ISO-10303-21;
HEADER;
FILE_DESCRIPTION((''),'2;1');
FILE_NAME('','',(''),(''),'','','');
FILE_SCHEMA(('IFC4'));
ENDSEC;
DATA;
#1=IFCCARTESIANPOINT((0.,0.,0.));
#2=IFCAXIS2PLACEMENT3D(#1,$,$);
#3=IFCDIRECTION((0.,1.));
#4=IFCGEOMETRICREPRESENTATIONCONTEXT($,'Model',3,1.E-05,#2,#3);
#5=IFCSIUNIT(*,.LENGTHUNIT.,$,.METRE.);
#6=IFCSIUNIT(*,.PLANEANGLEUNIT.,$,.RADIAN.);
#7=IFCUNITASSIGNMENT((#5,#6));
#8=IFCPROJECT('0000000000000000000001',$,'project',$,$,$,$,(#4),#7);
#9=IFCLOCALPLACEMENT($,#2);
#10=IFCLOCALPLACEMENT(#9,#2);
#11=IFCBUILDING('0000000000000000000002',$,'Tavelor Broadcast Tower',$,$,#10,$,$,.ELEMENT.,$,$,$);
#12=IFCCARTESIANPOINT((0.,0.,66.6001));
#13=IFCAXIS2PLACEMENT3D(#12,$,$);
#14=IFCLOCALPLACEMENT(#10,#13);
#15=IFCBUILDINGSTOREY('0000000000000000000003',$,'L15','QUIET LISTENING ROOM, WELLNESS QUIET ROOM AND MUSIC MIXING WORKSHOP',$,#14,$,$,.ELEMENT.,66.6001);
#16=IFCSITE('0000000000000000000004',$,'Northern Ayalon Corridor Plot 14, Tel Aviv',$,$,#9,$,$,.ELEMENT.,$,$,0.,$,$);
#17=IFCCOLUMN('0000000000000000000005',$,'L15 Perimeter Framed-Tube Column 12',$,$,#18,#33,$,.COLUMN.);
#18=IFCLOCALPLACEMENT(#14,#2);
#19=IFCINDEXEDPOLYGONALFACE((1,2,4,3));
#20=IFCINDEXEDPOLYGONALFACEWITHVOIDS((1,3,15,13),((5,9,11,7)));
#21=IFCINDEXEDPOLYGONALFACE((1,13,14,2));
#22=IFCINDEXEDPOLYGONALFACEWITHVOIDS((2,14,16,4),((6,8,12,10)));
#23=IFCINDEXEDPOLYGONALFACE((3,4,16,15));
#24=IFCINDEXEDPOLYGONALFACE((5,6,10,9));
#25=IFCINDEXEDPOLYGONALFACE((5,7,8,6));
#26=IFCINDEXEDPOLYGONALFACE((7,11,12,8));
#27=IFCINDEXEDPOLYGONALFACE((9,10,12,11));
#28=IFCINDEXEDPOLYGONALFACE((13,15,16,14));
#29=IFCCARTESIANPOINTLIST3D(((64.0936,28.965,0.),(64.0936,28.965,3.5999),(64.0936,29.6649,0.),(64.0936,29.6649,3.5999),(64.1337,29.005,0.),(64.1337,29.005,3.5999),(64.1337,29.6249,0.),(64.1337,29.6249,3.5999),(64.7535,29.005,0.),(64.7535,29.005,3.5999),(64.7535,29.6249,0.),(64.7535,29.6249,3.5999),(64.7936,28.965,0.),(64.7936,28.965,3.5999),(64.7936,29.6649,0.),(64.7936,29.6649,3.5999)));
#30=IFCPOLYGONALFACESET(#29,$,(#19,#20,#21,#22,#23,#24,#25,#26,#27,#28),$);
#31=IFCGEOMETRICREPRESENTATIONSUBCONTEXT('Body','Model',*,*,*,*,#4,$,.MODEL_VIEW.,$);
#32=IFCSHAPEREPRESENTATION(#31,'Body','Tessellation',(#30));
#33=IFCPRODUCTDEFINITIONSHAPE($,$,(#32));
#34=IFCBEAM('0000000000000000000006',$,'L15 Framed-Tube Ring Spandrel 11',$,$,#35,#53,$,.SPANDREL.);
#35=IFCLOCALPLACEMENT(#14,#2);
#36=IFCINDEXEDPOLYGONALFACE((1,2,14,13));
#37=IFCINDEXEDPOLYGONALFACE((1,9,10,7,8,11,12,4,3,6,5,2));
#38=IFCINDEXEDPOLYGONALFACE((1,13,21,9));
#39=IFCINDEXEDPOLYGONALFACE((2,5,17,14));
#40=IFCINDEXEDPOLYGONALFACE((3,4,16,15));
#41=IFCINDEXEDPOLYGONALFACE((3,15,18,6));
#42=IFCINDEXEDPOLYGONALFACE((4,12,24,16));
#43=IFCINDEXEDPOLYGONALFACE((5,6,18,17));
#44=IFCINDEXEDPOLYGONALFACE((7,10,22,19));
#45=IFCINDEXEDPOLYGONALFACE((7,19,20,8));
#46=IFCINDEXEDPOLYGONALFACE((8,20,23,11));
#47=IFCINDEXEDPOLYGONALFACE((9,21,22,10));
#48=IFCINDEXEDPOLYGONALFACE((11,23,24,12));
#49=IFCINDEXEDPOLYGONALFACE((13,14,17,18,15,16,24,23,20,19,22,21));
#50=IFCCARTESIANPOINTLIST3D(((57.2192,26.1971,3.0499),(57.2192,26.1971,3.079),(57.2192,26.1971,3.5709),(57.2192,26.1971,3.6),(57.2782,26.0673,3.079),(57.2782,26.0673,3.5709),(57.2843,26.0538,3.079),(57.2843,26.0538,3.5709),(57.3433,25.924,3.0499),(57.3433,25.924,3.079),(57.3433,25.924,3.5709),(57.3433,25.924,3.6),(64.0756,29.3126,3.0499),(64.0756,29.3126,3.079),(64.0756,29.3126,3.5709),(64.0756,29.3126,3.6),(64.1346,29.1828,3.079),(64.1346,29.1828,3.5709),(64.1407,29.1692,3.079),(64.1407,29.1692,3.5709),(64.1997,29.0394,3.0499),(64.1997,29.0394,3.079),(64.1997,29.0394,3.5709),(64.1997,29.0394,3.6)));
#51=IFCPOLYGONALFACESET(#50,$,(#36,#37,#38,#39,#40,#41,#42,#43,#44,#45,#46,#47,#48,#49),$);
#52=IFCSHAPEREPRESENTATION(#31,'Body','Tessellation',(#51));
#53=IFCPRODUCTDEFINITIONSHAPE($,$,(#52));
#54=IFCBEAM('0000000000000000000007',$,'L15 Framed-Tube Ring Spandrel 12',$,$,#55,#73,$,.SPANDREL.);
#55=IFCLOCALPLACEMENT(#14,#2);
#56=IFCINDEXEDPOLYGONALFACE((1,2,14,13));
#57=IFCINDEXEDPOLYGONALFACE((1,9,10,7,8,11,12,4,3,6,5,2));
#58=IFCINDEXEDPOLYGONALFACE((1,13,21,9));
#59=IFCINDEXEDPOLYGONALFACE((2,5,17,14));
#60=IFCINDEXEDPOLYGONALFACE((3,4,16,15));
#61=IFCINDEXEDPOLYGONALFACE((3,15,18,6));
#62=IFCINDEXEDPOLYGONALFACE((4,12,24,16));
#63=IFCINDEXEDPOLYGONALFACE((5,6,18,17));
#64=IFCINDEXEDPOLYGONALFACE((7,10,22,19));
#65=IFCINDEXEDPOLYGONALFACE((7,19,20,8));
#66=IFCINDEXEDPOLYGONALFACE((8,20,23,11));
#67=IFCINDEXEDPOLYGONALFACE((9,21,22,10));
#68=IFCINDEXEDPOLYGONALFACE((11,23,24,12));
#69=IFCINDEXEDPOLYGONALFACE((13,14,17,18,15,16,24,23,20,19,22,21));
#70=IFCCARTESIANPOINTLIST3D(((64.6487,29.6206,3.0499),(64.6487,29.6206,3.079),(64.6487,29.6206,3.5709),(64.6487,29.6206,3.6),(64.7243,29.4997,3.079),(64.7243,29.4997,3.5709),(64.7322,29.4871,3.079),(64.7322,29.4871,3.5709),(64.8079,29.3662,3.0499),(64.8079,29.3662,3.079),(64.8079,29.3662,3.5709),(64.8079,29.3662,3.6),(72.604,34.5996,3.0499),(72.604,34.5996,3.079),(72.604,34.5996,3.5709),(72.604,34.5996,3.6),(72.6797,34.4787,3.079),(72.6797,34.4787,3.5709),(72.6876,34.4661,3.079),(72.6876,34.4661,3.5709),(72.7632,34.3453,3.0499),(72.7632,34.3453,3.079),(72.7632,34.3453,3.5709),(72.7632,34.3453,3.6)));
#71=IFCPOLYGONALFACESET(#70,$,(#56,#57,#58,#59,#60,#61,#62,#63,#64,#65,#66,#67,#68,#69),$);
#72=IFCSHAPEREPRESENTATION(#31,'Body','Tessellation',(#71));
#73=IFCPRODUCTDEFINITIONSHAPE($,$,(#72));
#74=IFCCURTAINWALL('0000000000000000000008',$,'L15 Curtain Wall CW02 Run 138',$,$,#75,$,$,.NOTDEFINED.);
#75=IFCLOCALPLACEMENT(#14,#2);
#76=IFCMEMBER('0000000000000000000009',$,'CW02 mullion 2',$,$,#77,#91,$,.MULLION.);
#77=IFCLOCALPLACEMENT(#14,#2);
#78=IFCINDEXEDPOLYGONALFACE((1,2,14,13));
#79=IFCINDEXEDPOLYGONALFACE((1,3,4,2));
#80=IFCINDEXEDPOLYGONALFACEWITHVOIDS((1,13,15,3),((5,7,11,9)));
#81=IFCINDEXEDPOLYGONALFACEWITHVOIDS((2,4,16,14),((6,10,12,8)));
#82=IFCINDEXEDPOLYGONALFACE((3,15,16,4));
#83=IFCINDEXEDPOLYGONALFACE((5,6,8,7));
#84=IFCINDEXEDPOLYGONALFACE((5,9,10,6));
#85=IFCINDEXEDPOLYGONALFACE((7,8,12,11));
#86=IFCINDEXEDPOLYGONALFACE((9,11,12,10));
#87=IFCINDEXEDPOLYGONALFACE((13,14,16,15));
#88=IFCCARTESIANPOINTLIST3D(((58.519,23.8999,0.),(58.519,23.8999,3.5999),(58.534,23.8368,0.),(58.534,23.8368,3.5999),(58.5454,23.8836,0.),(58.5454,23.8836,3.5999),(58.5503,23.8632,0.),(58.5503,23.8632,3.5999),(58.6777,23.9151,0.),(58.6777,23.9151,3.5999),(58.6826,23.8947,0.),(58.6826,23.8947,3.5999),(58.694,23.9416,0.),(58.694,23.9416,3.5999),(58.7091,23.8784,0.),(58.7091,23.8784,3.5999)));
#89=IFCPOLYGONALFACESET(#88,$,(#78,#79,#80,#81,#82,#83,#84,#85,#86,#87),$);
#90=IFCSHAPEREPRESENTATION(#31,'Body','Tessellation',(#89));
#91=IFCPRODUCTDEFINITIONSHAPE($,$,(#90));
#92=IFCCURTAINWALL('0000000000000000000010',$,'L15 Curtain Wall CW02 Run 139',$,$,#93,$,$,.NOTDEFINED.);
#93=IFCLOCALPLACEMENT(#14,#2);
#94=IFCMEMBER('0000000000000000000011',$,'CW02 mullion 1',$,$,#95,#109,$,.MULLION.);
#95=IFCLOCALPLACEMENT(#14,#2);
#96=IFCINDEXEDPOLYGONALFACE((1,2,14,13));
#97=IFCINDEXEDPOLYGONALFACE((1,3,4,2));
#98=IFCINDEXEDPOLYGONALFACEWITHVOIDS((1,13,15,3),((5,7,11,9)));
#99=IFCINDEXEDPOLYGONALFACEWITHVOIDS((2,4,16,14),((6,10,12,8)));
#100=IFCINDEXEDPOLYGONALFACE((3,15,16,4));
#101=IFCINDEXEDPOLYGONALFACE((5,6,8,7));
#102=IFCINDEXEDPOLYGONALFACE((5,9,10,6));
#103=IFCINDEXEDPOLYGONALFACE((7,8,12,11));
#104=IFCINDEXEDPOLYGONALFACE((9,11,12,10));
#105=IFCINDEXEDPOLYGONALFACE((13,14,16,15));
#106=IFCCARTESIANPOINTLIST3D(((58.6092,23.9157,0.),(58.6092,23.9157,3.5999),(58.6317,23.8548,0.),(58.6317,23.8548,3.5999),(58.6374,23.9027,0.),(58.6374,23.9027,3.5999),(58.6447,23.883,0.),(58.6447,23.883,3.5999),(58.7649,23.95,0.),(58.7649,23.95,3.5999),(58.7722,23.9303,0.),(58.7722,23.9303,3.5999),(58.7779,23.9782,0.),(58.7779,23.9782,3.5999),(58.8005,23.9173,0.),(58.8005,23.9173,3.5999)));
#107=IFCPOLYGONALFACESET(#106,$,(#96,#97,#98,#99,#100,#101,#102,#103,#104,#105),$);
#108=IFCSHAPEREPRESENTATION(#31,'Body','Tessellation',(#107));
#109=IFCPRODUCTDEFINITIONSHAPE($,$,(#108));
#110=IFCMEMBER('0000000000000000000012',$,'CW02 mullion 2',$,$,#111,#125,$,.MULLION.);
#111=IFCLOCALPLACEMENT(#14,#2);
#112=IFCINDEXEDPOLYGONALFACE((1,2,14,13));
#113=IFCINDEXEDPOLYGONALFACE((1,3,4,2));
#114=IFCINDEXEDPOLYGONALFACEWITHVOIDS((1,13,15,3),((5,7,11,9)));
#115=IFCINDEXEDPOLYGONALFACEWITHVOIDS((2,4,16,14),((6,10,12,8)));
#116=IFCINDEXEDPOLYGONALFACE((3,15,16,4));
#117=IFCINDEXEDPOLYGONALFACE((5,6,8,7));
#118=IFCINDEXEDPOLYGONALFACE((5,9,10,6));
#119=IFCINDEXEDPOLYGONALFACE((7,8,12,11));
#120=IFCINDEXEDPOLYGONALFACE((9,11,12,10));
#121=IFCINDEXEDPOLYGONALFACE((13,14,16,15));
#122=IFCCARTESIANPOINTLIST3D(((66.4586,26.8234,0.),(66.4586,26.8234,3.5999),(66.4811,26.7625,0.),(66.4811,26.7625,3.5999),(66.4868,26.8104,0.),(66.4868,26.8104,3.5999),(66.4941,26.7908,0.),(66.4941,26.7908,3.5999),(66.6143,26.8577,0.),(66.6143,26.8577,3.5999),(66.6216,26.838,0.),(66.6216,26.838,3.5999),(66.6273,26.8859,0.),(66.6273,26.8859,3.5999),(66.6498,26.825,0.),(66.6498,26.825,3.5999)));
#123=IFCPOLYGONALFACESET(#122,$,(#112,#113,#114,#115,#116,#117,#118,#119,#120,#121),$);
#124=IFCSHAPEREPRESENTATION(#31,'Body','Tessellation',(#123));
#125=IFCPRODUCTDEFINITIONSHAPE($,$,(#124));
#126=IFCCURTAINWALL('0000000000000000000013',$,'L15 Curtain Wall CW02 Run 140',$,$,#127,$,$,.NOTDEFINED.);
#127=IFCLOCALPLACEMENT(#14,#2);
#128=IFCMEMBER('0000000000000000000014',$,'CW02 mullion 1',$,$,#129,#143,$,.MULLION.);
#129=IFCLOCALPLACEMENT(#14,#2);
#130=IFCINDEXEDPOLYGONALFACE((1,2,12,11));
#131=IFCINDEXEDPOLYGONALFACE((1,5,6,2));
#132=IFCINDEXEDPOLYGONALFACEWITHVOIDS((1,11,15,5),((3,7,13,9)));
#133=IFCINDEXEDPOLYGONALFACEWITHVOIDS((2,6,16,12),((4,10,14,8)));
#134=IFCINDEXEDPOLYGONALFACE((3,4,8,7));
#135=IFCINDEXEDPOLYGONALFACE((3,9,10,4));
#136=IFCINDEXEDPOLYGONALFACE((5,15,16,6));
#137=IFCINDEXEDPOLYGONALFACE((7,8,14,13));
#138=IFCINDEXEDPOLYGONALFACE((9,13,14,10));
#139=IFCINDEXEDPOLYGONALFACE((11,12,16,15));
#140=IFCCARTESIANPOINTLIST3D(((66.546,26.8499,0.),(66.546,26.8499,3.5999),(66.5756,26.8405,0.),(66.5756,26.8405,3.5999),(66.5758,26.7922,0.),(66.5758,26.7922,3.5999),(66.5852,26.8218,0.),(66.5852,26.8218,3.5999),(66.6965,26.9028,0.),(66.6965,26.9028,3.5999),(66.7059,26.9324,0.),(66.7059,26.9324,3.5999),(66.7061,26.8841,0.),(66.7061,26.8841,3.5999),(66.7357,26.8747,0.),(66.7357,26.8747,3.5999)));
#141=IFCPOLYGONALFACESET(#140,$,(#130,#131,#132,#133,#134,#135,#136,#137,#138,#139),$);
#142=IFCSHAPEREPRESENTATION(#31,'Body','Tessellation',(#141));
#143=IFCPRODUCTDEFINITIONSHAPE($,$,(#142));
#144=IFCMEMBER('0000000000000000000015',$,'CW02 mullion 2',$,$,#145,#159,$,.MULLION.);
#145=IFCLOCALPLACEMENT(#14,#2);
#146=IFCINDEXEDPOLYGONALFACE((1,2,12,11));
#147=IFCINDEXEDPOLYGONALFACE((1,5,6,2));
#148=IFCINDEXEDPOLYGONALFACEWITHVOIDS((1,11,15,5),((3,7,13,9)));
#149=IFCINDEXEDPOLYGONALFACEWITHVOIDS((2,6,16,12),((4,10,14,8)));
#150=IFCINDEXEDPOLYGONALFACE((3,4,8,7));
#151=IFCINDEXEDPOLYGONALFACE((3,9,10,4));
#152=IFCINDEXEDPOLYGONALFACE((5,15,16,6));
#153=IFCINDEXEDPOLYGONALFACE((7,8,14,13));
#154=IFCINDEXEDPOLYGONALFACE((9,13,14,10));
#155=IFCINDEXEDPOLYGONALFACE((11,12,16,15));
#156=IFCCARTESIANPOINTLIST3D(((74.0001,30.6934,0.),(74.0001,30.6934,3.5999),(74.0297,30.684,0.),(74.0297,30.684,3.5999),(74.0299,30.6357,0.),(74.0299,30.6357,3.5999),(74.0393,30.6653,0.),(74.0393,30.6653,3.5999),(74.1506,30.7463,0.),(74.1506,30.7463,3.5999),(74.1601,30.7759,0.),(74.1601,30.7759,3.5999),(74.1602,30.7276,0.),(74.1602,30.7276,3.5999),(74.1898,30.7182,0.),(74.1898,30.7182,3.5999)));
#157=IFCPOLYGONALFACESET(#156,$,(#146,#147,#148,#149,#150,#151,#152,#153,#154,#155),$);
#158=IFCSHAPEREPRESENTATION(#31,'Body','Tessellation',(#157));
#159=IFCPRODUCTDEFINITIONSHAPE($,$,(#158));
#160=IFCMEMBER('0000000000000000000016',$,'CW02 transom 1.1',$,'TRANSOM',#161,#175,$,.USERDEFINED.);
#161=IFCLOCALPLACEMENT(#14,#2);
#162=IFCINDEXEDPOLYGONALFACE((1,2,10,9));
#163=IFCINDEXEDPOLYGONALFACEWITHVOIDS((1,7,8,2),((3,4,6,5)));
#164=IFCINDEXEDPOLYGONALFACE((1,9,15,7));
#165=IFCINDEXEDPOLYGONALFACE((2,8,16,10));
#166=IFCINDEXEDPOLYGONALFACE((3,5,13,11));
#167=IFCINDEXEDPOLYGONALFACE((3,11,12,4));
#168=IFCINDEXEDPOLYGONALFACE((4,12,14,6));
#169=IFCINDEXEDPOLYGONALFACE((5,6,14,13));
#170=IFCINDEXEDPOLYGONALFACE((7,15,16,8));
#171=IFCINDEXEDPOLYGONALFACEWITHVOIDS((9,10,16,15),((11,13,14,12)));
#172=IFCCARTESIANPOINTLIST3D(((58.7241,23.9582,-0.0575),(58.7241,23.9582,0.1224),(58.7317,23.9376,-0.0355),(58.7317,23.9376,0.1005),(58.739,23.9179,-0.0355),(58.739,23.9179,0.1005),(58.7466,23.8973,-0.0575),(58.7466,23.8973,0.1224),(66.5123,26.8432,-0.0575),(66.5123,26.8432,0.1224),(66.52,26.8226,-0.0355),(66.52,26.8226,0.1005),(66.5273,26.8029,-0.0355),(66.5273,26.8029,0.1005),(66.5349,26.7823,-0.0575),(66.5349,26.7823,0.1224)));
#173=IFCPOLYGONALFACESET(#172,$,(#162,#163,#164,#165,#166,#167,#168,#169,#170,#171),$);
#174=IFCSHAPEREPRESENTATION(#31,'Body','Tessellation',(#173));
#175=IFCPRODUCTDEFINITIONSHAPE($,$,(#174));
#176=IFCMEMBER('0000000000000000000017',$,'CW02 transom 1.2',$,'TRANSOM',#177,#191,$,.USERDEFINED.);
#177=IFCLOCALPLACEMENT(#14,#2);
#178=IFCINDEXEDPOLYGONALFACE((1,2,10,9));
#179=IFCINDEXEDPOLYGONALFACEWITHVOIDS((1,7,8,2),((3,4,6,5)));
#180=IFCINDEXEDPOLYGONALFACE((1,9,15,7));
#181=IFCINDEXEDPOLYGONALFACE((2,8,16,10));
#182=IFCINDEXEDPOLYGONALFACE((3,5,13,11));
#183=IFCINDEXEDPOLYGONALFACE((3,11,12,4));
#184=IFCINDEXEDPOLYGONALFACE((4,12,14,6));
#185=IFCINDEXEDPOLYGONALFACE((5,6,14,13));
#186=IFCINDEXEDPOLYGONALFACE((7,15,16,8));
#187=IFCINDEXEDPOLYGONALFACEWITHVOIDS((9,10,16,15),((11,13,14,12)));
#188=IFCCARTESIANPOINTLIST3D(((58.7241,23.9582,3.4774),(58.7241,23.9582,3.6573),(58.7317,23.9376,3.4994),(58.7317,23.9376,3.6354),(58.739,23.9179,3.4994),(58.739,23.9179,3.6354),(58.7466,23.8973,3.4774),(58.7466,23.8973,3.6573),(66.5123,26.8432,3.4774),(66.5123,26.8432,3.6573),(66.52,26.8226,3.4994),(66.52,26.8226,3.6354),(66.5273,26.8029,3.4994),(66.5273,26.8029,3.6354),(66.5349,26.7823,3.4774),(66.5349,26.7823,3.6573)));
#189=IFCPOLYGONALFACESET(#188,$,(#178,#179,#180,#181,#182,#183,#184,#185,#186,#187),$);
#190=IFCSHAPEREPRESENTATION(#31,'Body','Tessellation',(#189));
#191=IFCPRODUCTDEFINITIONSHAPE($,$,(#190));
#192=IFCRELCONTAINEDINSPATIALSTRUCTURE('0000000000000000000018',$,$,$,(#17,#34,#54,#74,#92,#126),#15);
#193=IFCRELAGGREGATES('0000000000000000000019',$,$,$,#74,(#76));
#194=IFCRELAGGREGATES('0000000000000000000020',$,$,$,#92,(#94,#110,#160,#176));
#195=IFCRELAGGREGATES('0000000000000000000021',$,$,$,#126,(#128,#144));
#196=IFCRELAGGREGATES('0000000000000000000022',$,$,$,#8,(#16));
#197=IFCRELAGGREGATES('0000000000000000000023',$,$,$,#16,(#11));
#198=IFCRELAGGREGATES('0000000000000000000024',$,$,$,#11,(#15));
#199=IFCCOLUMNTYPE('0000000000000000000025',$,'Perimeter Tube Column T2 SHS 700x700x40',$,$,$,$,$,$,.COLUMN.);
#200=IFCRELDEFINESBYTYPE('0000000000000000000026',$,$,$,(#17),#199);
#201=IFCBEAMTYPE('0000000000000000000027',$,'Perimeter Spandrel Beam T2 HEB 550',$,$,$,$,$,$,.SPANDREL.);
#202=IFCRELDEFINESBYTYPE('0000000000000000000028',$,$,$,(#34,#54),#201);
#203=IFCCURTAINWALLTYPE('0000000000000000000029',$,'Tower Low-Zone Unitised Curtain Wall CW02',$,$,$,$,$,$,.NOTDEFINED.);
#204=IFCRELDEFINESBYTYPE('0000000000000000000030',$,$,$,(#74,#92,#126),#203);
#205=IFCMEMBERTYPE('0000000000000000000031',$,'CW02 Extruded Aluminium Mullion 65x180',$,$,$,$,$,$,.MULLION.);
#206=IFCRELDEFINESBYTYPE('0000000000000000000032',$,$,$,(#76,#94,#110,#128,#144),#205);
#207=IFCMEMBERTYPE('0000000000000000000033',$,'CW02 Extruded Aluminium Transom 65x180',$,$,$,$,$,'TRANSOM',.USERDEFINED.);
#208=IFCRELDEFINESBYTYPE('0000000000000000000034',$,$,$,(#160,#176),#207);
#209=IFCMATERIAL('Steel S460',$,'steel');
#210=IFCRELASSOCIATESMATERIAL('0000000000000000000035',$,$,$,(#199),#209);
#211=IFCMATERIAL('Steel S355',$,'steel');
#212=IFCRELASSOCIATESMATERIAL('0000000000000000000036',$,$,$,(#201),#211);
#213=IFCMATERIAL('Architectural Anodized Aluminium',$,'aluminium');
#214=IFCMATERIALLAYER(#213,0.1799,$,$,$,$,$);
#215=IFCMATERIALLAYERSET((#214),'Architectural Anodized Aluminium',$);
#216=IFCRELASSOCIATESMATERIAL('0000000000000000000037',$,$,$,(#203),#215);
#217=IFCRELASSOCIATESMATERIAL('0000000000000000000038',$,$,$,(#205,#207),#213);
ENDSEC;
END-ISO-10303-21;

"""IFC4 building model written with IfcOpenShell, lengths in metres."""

from ifc_helpers import new_model, si_unit, direction, frame, origin, origin_2d, place, context, subcontext, project, spatial, hollow_rectangle, i_section, extrude, source, transform, mapped, material, layer, layer_set, material_profile, profile_set, type_object, type_shapes, element, aggregate, save


model = new_model("IFC4")

# Units and contexts
model_context = context("Model", 3, precision=1e-05, world=origin(), true_north=direction((0.0, 1.0)))
body_context = subcontext(model_context, "Body", "Model", "MODEL_VIEW")
ifc_project = project(units=[si_unit("LENGTHUNIT", "METRE"), si_unit("PLANEANGLEUNIT", "RADIAN")], contexts=[model_context])

# Site, building, storey
site_placement = place(None, origin())
site = spatial("IfcSite", under=ifc_project, at=site_placement, Name="Northern Ayalon Corridor Plot 14, Tel Aviv", CompositionType="ELEMENT", RefElevation=0.0)
building_placement = place(site_placement, origin())
building = spatial("IfcBuilding", under=site, at=building_placement, Name="Tavelor Broadcast Tower", CompositionType="ELEMENT")
storey_placement = place(building_placement, frame((0.0, 0.0, 66.6001)))
storey = spatial("IfcBuildingStorey", under=building, at=storey_placement, Name="L15", Description="QUIET LISTENING ROOM, WELLNESS QUIET ROOM AND MUSIC MIXING WORKSHOP", CompositionType="ELEMENT", Elevation=66.6001)

# Column
ifc_material_1 = material(Name="Steel S460", Category="steel")
ifc_material_profile_1 = material_profile(ifc_material_1, hollow_rectangle(XDim=0.7, YDim=0.7, WallThickness=0.04, at=origin_2d()), Name="SHS 700x700x40")
ifc_profile_set_1 = profile_set([ifc_material_profile_1], Name="Steel S460")
column_type = type_object("IfcColumnType", Name="Perimeter Tube Column T2 SHS 700x700x40", PredefinedType="COLUMN", material=ifc_profile_set_1)
column_placement = place(storey_placement, frame((64.4436, 29.3149, 0.0), z_axis=(0.0, 0.0, 1.0), x_axis=(1.0, 0.0, 0.0)))
element("IfcColumn", 1, at=column_placement, inside=storey, type_object=column_type, Name="L15 Perimeter Framed-Tube Column 12", PredefinedType="COLUMN", context=body_context, shape_type="SweptSolid", body=[
    extrude(hollow_rectangle(XDim=0.7, YDim=0.7, WallThickness=0.04, at=origin_2d()), origin(), (0.0, 0.0, 1.0), 3.5999),
])

# Beams
ifc_material_2 = material(Name="Steel S355", Category="steel")
ifc_material_profile_2 = material_profile(ifc_material_2, i_section(OverallWidth=0.3, OverallDepth=0.55, WebThickness=0.0149, FlangeThickness=0.0291, at=origin_2d()), Name="HEB 550")
ifc_profile_set_2 = profile_set([ifc_material_profile_2], Name="Steel S355")
beam_type = type_object("IfcBeamType", Name="Perimeter Spandrel Beam T2 HEB 550", PredefinedType="SPANDREL", material=ifc_profile_set_2)
beam_1_placement = place(storey_placement, frame((57.2812, 26.0605, 3.325), z_axis=(0.910421, 0.413683, 0.0), x_axis=(-0.413683, 0.910421, 0.0)))
element("IfcBeam", 2, at=beam_1_placement, inside=storey, type_object=beam_type, Name="L15 Framed-Tube Ring Spandrel 11", PredefinedType="SPANDREL", context=body_context, shape_type="SweptSolid", body=[
    extrude(i_section(OverallWidth=0.3, OverallDepth=0.55, WebThickness=0.0149, FlangeThickness=0.0291, at=origin_2d()), origin(), (0.0, 0.0, 1.0), 7.531),
])
beam_2_placement = place(storey_placement, frame((64.7283, 29.4934, 3.325), z_axis=(0.847666, 0.53053, 0.0), x_axis=(-0.53053, 0.847666, 0.0)))
element("IfcBeam", 3, at=beam_2_placement, inside=storey, type_object=beam_type, Name="L15 Framed-Tube Ring Spandrel 12", PredefinedType="SPANDREL", context=body_context, shape_type="SweptSolid", body=[
    extrude(i_section(OverallWidth=0.3, OverallDepth=0.55, WebThickness=0.0149, FlangeThickness=0.0291, at=origin_2d()), origin(), (0.0, 0.0, 1.0), 9.385),
])

# Curtain wall, member
ifc_material_3 = material(Name="Architectural Anodized Aluminium", Category="aluminium")
ifc_layer_1 = layer(ifc_material_3, 0.1799)
ifc_layer_set_1 = layer_set([ifc_layer_1], Name="Architectural Anodized Aluminium")
curtain_wall_type = type_object("IfcCurtainWallType", Name="Tower Low-Zone Unitised Curtain Wall CW02", PredefinedType="NOTDEFINED", material=ifc_layer_set_1)
curtain_wall_1_placement = place(storey_placement, origin())
curtain_wall_1 = element("IfcCurtainWall", 4, at=curtain_wall_1_placement, inside=storey, type_object=curtain_wall_type, Name="L15 Curtain Wall CW02 Run 138", PredefinedType="NOTDEFINED")
ifc_material_profile_3 = material_profile(ifc_material_3, hollow_rectangle(XDim=0.0649, YDim=0.1799, WallThickness=0.022, at=origin_2d()), Name="RHS 65x180x22")
ifc_profile_set_3 = profile_set([ifc_material_profile_3], Name="Architectural Anodized Aluminium")
member_type_1 = type_object("IfcMemberType", Name="CW02 Extruded Aluminium Mullion 65x180", PredefinedType="MULLION", material=ifc_profile_set_3)
shared_shape_1 = source(origin(), body_context, "Body", "SweptSolid", [
    extrude(hollow_rectangle(XDim=0.0649, YDim=0.1799, WallThickness=0.022, at=origin_2d()), origin(), (0.0, 0.0, 1.0), 3.5999),
])
type_shapes(member_type_1, [shared_shape_1])
member_1_placement = place(storey_placement, frame((58.614, 23.8892, 0.0), z_axis=(0.0, 0.0, 1.0), x_axis=(-0.23134, 0.972873, 0.0)))
member_1 = element("IfcMember", 5, at=member_1_placement, type_object=member_type_1, Name="CW02 mullion 2", PredefinedType="MULLION", context=body_context, shape_type="MappedRepresentation", body=[
    mapped(shared_shape_1, transform((0.0, 0.0, 0.0), scale=1.0)),
])
aggregate(curtain_wall_1, [member_1])

# Curtain walls, members
curtain_wall_2_placement = place(storey_placement, origin())
curtain_wall_2 = element("IfcCurtainWall", 6, at=curtain_wall_2_placement, inside=storey, type_object=curtain_wall_type, Name="L15 Curtain Wall CW02 Run 139", PredefinedType="NOTDEFINED")
member_2_placement = place(storey_placement, frame((58.7048, 23.9165, 0.0), z_axis=(0.0, 0.0, 1.0), x_axis=(-0.347362, 0.937731, 0.0)))
member_2 = element("IfcMember", 7, at=member_2_placement, type_object=member_type_1, Name="CW02 mullion 1", PredefinedType="MULLION", context=body_context, shape_type="MappedRepresentation", body=[
    mapped(shared_shape_1, transform((0.0, 0.0, 0.0), scale=1.0)),
])
member_3_placement = place(storey_placement, frame((66.5542, 26.8242, 0.0), z_axis=(0.0, 0.0, 1.0), x_axis=(-0.347362, 0.937731, 0.0)))
member_3 = element("IfcMember", 8, at=member_3_placement, type_object=member_type_1, Name="CW02 mullion 2", PredefinedType="MULLION", context=body_context, shape_type="MappedRepresentation", body=[
    mapped(shared_shape_1, transform((0.0, 0.0, 0.0), scale=1.0)),
])
curtain_wall_3_placement = place(storey_placement, origin())
curtain_wall_3 = element("IfcCurtainWall", 9, at=curtain_wall_3_placement, inside=storey, type_object=curtain_wall_type, Name="L15 Curtain Wall CW02 Run 140", PredefinedType="NOTDEFINED")
member_4_placement = place(storey_placement, frame((66.6409, 26.8623, 0.0), z_axis=(0.0, 0.0, 1.0), x_axis=(-0.458292, 0.888802, 0.0)))
member_4 = element("IfcMember", 10, at=member_4_placement, type_object=member_type_1, Name="CW02 mullion 1", PredefinedType="MULLION", context=body_context, shape_type="MappedRepresentation", body=[
    mapped(shared_shape_1, transform((0.0, 0.0, 0.0), scale=1.0)),
])
member_5_placement = place(storey_placement, frame((74.095, 30.7058, 0.0), z_axis=(0.0, 0.0, 1.0), x_axis=(-0.458292, 0.888802, 0.0)))
member_5 = element("IfcMember", 11, at=member_5_placement, type_object=member_type_1, Name="CW02 mullion 2", PredefinedType="MULLION", context=body_context, shape_type="MappedRepresentation", body=[
    mapped(shared_shape_1, transform((0.0, 0.0, 0.0), scale=1.0)),
])

# Members
ifc_material_profile_4 = material_profile(ifc_material_3, hollow_rectangle(XDim=0.0649, YDim=0.1799, WallThickness=0.022, at=origin_2d()), Name="RHS 65x180x22")
ifc_profile_set_4 = profile_set([ifc_material_profile_4], Name="Architectural Anodized Aluminium")
member_type_2 = type_object("IfcMemberType", Name="CW02 Extruded Aluminium Transom 65x180", ElementType="TRANSOM", PredefinedType="USERDEFINED", material=ifc_profile_set_4)
shared_shape_2 = source(origin(), body_context, "Body", "SweptSolid", [
    extrude(hollow_rectangle(XDim=0.0649, YDim=0.1799, WallThickness=0.022, at=origin_2d()), origin(), (0.0, 0.0, 1.0), 8.3054),
])
member_6_placement = place(storey_placement, frame((58.7354, 23.9277, 0.0325), z_axis=(0.937731, 0.347361, 0.0), x_axis=(-0.347361, 0.937731, 0.0)))
member_6 = element("IfcMember", 12, at=member_6_placement, type_object=member_type_2, Name="CW02 transom 1.1", ObjectType="TRANSOM", PredefinedType="USERDEFINED", context=body_context, shape_type="MappedRepresentation", body=[
    mapped(shared_shape_2, transform((0.0, 0.0, 0.0), scale=1.0)),
])
member_7_placement = place(storey_placement, frame((58.7354, 23.9277, 3.5674), z_axis=(0.937731, 0.347361, 0.0), x_axis=(-0.347361, 0.937731, 0.0)))
member_7 = element("IfcMember", 13, at=member_7_placement, type_object=member_type_2, Name="CW02 transom 1.2", ObjectType="TRANSOM", PredefinedType="USERDEFINED", context=body_context, shape_type="MappedRepresentation", body=[
    mapped(shared_shape_2, transform((0.0, 0.0, 0.0), scale=1.0)),
])

aggregate(curtain_wall_2, [member_2, member_3, member_6, member_7])
aggregate(curtain_wall_3, [member_4, member_5])

save(model, "model.ifc")
